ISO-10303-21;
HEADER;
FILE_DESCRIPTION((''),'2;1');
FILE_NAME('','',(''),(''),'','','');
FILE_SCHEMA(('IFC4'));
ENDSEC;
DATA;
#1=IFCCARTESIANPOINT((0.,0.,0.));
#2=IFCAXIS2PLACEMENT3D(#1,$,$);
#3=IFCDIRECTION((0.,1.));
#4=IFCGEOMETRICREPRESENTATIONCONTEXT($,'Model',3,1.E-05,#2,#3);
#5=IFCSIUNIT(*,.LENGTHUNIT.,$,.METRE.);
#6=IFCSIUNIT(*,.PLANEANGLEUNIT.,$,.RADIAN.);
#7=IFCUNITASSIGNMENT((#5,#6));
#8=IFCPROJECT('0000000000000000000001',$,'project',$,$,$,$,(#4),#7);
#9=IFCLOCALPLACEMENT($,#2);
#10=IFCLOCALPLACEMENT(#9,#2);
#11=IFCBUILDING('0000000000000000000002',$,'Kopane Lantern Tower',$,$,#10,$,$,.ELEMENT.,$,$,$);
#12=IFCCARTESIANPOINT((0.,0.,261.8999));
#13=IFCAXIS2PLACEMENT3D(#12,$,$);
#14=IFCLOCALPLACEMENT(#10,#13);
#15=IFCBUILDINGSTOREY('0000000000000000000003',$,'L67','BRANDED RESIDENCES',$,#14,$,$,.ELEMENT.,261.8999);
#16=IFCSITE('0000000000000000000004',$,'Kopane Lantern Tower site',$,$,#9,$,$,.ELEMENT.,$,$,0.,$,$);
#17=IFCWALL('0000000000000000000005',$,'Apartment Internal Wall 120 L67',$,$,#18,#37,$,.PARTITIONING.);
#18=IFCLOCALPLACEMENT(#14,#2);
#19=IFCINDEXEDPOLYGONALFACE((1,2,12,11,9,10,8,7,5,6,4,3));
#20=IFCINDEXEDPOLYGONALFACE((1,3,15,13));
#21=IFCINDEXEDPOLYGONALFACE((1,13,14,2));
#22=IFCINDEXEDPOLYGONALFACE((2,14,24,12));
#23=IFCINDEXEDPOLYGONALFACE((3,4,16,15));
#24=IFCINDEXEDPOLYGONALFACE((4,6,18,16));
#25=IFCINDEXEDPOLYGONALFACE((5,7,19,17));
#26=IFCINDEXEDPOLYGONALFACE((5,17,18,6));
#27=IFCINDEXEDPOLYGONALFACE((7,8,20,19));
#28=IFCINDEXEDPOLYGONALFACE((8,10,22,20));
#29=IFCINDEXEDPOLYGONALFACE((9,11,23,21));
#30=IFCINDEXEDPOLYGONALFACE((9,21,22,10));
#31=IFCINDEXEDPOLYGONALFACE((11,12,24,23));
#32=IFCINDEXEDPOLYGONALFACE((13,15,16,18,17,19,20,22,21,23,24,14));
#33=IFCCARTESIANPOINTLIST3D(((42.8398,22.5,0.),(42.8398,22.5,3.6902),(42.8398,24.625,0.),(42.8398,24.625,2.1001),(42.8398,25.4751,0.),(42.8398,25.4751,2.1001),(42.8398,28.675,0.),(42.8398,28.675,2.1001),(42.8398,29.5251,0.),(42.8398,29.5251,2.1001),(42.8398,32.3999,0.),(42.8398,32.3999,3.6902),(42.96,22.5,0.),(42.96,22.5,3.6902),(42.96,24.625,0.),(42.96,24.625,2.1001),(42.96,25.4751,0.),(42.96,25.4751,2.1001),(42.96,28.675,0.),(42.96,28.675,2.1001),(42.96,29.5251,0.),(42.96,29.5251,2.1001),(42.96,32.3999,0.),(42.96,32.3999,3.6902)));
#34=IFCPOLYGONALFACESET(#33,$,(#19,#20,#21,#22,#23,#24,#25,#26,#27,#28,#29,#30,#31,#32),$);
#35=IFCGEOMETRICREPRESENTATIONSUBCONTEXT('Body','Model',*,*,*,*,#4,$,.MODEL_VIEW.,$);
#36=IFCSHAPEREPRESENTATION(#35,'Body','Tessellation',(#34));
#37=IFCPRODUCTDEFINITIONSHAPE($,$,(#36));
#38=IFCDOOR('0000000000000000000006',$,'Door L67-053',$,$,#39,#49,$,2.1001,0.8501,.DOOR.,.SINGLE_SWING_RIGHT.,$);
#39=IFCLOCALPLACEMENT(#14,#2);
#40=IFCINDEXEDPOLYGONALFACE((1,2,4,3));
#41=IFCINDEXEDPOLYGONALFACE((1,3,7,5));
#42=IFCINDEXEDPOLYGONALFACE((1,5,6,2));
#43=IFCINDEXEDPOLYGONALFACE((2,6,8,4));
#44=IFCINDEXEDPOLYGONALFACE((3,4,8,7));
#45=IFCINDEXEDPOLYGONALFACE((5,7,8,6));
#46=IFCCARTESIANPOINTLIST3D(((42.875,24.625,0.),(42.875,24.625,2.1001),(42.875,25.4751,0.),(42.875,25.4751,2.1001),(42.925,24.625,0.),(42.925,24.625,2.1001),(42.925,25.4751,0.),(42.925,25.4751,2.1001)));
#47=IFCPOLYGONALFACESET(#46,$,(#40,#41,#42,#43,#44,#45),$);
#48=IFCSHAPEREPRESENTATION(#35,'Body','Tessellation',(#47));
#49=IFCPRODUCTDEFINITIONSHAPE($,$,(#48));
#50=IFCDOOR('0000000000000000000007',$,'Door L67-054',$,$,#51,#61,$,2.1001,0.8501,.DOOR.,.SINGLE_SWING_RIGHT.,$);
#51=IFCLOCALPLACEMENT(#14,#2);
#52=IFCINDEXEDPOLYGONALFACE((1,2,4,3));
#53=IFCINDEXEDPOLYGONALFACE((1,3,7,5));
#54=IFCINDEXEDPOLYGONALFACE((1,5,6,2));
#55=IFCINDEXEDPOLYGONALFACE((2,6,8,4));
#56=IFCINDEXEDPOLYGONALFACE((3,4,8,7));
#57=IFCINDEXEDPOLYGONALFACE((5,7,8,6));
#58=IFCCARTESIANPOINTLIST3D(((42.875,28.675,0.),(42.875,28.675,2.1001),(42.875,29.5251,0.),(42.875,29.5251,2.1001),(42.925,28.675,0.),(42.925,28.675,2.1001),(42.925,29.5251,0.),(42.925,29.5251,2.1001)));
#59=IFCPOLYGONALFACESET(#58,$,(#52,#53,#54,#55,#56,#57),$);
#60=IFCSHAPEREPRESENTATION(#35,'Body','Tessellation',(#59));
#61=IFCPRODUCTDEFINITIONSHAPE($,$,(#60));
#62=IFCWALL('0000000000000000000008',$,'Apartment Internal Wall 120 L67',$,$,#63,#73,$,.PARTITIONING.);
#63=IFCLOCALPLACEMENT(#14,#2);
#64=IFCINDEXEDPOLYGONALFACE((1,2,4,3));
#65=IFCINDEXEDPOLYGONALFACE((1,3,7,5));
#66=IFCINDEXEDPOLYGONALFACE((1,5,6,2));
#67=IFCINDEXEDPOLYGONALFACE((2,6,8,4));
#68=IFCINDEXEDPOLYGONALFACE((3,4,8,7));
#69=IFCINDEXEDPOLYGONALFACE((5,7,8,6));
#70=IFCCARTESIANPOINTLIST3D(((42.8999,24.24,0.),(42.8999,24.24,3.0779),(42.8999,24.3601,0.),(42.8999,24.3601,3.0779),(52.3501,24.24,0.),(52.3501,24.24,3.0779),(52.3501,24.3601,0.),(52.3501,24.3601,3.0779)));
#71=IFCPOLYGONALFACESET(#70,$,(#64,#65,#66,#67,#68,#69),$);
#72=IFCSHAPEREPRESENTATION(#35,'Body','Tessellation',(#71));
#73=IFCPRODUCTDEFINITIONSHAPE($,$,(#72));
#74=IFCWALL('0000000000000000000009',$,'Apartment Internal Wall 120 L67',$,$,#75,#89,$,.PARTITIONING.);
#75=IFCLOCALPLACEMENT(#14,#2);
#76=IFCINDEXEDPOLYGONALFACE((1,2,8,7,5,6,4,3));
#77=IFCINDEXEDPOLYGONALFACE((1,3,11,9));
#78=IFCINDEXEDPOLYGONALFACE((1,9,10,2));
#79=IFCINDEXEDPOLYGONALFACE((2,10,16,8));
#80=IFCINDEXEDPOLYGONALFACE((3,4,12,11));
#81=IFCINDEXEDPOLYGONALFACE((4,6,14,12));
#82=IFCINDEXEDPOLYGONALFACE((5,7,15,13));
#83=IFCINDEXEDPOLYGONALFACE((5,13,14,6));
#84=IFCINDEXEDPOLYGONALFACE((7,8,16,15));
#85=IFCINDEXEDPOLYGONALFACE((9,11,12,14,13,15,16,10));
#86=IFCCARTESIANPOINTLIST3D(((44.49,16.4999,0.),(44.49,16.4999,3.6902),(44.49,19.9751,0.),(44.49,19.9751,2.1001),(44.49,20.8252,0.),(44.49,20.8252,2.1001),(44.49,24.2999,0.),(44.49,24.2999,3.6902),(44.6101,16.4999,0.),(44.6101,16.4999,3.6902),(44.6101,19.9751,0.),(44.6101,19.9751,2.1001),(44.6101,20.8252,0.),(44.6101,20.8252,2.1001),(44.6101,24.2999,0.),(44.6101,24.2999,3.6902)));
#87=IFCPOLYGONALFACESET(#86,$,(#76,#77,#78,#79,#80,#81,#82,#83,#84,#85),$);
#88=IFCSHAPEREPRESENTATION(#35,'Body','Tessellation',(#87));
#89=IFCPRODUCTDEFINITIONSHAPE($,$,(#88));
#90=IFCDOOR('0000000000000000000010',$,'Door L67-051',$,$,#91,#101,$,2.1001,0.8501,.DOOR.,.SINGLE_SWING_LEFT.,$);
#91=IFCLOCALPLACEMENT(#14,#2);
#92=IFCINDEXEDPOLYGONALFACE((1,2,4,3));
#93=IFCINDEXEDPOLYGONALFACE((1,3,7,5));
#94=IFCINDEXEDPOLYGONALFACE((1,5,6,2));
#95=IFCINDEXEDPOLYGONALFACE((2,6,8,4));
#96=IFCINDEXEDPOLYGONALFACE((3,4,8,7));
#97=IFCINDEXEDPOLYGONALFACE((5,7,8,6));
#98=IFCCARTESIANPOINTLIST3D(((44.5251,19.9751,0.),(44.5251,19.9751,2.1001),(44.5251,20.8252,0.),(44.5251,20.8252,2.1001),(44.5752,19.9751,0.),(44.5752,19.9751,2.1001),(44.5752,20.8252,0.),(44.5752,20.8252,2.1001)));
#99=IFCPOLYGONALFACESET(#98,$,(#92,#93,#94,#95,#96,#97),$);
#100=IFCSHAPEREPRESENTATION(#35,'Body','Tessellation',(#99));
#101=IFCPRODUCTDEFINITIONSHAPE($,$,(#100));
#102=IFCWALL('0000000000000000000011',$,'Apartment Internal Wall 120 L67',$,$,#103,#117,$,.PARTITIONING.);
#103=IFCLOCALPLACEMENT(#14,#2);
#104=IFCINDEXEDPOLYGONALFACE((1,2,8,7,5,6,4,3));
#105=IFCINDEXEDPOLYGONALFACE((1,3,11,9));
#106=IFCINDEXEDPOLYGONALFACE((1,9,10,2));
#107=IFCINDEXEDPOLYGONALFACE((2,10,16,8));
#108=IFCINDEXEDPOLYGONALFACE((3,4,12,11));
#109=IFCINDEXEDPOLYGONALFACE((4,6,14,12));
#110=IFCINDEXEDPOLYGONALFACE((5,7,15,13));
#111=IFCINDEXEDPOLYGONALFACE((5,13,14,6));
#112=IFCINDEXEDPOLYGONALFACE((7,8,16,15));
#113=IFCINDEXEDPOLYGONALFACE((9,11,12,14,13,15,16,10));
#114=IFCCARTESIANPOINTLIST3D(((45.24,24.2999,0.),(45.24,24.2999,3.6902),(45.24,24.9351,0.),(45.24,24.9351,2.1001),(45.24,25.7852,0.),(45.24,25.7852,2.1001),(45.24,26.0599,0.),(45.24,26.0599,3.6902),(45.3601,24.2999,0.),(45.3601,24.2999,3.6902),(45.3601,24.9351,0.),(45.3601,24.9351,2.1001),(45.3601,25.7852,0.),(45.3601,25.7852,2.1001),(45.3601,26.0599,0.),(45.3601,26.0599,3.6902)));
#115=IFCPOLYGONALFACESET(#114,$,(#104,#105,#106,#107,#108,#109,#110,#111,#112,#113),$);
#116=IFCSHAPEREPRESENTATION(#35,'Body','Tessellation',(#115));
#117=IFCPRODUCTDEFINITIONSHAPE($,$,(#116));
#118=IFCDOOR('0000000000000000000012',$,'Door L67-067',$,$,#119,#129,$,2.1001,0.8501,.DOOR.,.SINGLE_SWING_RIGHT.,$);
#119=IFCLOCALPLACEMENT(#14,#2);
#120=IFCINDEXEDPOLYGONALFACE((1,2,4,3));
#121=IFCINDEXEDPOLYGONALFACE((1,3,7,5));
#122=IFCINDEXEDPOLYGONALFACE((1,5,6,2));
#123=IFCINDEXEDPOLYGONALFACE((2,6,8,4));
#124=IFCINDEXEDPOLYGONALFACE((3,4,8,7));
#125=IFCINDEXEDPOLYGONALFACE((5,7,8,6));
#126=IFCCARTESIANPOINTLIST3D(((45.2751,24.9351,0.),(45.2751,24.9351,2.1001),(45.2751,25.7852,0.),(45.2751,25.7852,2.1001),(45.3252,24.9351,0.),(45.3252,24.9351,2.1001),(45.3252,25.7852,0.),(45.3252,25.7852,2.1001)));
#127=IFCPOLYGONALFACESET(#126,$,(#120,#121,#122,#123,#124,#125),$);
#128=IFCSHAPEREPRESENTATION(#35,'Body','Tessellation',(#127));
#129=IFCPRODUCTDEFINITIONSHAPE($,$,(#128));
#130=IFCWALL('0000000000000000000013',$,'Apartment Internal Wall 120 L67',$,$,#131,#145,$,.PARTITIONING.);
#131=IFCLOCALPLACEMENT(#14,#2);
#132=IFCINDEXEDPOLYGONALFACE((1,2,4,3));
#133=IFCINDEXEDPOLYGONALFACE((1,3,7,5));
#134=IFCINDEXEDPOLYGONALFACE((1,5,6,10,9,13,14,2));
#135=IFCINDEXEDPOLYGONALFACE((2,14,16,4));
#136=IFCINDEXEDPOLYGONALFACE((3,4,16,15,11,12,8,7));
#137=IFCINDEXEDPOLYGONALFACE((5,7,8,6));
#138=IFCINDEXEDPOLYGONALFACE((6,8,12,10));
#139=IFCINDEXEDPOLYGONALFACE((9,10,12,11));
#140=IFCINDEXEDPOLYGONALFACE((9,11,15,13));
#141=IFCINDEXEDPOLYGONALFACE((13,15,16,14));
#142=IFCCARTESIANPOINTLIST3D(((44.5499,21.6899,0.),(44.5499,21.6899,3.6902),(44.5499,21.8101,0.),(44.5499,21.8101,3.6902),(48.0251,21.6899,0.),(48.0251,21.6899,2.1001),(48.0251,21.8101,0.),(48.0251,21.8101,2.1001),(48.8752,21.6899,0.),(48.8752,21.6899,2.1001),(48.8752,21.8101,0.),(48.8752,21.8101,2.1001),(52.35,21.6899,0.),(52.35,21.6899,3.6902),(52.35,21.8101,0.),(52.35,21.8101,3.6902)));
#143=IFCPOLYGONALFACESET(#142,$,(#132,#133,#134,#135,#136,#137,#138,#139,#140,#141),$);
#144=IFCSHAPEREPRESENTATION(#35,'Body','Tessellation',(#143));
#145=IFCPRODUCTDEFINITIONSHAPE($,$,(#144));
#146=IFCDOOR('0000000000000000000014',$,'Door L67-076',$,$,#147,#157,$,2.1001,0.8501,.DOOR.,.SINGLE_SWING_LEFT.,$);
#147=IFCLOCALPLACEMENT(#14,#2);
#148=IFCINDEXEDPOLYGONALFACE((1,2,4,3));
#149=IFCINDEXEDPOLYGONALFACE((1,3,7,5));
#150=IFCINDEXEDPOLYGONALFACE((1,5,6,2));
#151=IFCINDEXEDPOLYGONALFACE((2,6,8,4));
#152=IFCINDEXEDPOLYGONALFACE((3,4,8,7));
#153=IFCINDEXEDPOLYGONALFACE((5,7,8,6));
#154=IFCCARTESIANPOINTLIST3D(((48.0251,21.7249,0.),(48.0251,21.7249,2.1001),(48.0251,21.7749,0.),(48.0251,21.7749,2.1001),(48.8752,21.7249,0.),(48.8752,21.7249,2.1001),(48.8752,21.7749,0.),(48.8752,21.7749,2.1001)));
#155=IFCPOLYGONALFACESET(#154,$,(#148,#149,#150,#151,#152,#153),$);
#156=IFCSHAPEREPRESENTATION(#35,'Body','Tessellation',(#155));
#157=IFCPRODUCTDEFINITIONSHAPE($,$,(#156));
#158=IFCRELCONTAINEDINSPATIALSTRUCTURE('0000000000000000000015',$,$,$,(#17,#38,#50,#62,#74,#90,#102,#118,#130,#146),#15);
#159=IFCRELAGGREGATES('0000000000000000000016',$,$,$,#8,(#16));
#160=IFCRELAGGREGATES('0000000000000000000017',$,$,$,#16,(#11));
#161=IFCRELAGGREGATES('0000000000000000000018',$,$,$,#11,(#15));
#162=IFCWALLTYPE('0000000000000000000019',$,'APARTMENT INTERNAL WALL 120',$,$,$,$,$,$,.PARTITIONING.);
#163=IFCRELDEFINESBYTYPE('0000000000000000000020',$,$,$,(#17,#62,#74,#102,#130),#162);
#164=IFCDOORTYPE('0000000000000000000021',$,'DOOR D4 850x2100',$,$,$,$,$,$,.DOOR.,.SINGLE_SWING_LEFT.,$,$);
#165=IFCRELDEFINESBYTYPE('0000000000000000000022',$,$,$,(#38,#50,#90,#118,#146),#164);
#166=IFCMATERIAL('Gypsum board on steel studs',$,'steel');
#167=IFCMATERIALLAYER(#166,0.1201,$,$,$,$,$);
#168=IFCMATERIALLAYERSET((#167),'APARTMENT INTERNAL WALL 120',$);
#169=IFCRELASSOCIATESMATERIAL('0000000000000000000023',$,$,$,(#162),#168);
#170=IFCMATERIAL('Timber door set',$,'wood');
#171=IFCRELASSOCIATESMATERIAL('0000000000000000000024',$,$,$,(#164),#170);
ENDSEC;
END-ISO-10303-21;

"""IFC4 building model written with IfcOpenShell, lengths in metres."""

from ifc_helpers import new_model, si_unit, direction, frame, frame_2d, origin, place, context, subcontext, project, spatial, rectangle, extrude, material, layer, layer_set, type_object, element, fill, save


model = new_model("IFC4")

# Units and contexts
model_context = context("Model", 3, precision=1e-05, world=origin(), true_north=direction((0.0, 1.0)))
body_context = subcontext(model_context, "Body", "Model", "MODEL_VIEW")
ifc_project = project(units=[si_unit("LENGTHUNIT", "METRE"), si_unit("PLANEANGLEUNIT", "RADIAN")], contexts=[model_context])

# Site, building, storey
site_placement = place(None, origin())
site = spatial("IfcSite", under=ifc_project, at=site_placement, Name="Kopane Lantern Tower site", CompositionType="ELEMENT", RefElevation=0.0)
building_placement = place(site_placement, origin())
building = spatial("IfcBuilding", under=site, at=building_placement, Name="Kopane Lantern Tower", CompositionType="ELEMENT")
storey_placement = place(building_placement, frame((0.0, 0.0, 261.8999)))
storey = spatial("IfcBuildingStorey", under=building, at=storey_placement, Name="L67", Description="BRANDED RESIDENCES", CompositionType="ELEMENT", Elevation=261.8999)

# Wall, openings, doors
ifc_material_1 = material(Name="Gypsum board on steel studs", Category="steel")
ifc_layer_1 = layer(ifc_material_1, 0.1201)
ifc_layer_set_1 = layer_set([ifc_layer_1], Name="APARTMENT INTERNAL WALL 120")
wall_type_1 = type_object("IfcWallType", Name="APARTMENT INTERNAL WALL 120", PredefinedType="PARTITIONING", material=ifc_layer_set_1)
wall_1_placement = place(storey_placement, frame((42.8999, 22.5, 0.0), z_axis=(0.0, 0.0, 1.0), x_axis=(0.0, 1.0, 0.0)))
wall_1 = element("IfcWall", 1, at=wall_1_placement, inside=storey, type_object=wall_type_1, Name="Apartment Internal Wall 120 L67", PredefinedType="PARTITIONING", context=body_context, shape_type="SweptSolid", body=[
    extrude(rectangle(XDim=9.8999, YDim=0.1201, at=frame_2d((4.95, 0.0))), origin(), (0.0, 0.0, 1.0), 3.6902),
])
opening_1_placement = place(wall_1_placement, frame((2.125, 0.0, 0.0)))
opening_1 = element("IfcOpeningElement", 2, at=opening_1_placement, cuts=wall_1, PredefinedType="OPENING", context=body_context, shape_type="SweptSolid", body=[
    extrude(rectangle(XDim=0.8501, YDim=2.1001, at=frame_2d((0.425, 1.05))), frame((0.0, 0.0701, 0.0), z_axis=(0.0, -1.0, 0.0), x_axis=(1.0, 0.0, 0.0)), (0.0, 0.0, 1.0), 0.1401),
])
opening_2_placement = place(wall_1_placement, frame((6.175, 0.0, 0.0)))
opening_2 = element("IfcOpeningElement", 3, at=opening_2_placement, cuts=wall_1, PredefinedType="OPENING", context=body_context, shape_type="SweptSolid", body=[
    extrude(rectangle(XDim=0.8501, YDim=2.1001, at=frame_2d((0.425, 1.05))), frame((0.0, 0.0701, 0.0), z_axis=(0.0, -1.0, 0.0), x_axis=(1.0, 0.0, 0.0)), (0.0, 0.0, 1.0), 0.1401),
])
ifc_material_2 = material(Name="Timber door set", Category="wood")
door_type = type_object("IfcDoorType", Name="DOOR D4 850x2100", OperationType="SINGLE_SWING_LEFT", PredefinedType="DOOR", material=ifc_material_2)
door_1_placement = place(opening_1_placement, origin())
door_1 = element("IfcDoor", 4, at=door_1_placement, inside=storey, type_object=door_type, Name="Door L67-053", OperationType="SINGLE_SWING_RIGHT", OverallHeight=2.1001, OverallWidth=0.8501, PredefinedType="DOOR", context=body_context, shape_type="SweptSolid", body=[
    extrude(rectangle(XDim=0.8501, YDim=2.1001, at=frame_2d((0.425, 1.05))), frame((0.0, 0.0249, 0.0), z_axis=(0.0, -1.0, 0.0), x_axis=(1.0, 0.0, 0.0)), (0.0, 0.0, 1.0), 0.05),
])
fill(opening_1, door_1)
door_2_placement = place(opening_2_placement, origin())
door_2 = element("IfcDoor", 5, at=door_2_placement, inside=storey, type_object=door_type, Name="Door L67-054", OperationType="SINGLE_SWING_RIGHT", OverallHeight=2.1001, OverallWidth=0.8501, PredefinedType="DOOR", context=body_context, shape_type="SweptSolid", body=[
    extrude(rectangle(XDim=0.8501, YDim=2.1001, at=frame_2d((0.425, 1.05))), frame((0.0, 0.0249, 0.0), z_axis=(0.0, -1.0, 0.0), x_axis=(1.0, 0.0, 0.0)), (0.0, 0.0, 1.0), 0.05),
])
fill(opening_2, door_2)

# Wall
wall_2_placement = place(storey_placement, frame((42.8999, 24.3, 0.0), z_axis=(0.0, 0.0, 1.0), x_axis=(1.0, 0.0, 0.0)))
element("IfcWall", 6, at=wall_2_placement, inside=storey, type_object=wall_type_1, Name="Apartment Internal Wall 120 L67", PredefinedType="PARTITIONING", context=body_context, shape_type="SweptSolid", body=[
    extrude(rectangle(XDim=9.4502, YDim=0.1201, at=frame_2d((4.7251, 0.0))), origin(), (0.0, 0.0, 1.0), 3.0779),
])

# Walls, openings, doors
wall_3_placement = place(storey_placement, frame((44.55, 16.5, 0.0), z_axis=(0.0, 0.0, 1.0), x_axis=(0.0, 1.0, 0.0)))
wall_3 = element("IfcWall", 7, at=wall_3_placement, inside=storey, type_object=wall_type_1, Name="Apartment Internal Wall 120 L67", PredefinedType="PARTITIONING", context=body_context, shape_type="SweptSolid", body=[
    extrude(rectangle(XDim=7.8, YDim=0.1201, at=frame_2d((3.8999, 0.0))), origin(), (0.0, 0.0, 1.0), 3.6902),
])
opening_3_placement = place(wall_3_placement, frame((3.4751, 0.0, 0.0)))
opening_3 = element("IfcOpeningElement", 8, at=opening_3_placement, cuts=wall_3, PredefinedType="OPENING", context=body_context, shape_type="SweptSolid", body=[
    extrude(rectangle(XDim=0.8501, YDim=2.1001, at=frame_2d((0.425, 1.05))), frame((0.0, 0.0701, 0.0), z_axis=(0.0, -1.0, 0.0), x_axis=(1.0, 0.0, 0.0)), (0.0, 0.0, 1.0), 0.1401),
])
door_3_placement = place(opening_3_placement, origin())
door_3 = element("IfcDoor", 9, at=door_3_placement, inside=storey, type_object=door_type, Name="Door L67-051", OperationType="SINGLE_SWING_LEFT", OverallHeight=2.1001, OverallWidth=0.8501, PredefinedType="DOOR", context=body_context, shape_type="SweptSolid", body=[
    extrude(rectangle(XDim=0.8501, YDim=2.1001, at=frame_2d((0.425, 1.05))), frame((0.0, 0.0249, 0.0), z_axis=(0.0, -1.0, 0.0), x_axis=(1.0, 0.0, 0.0)), (0.0, 0.0, 1.0), 0.05),
])
fill(opening_3, door_3)
wall_4_placement = place(storey_placement, frame((45.3, 24.3, 0.0), z_axis=(0.0, 0.0, 1.0), x_axis=(0.0, 1.0, 0.0)))
wall_4 = element("IfcWall", 10, at=wall_4_placement, inside=storey, type_object=wall_type_1, Name="Apartment Internal Wall 120 L67", PredefinedType="PARTITIONING", context=body_context, shape_type="SweptSolid", body=[
    extrude(rectangle(XDim=1.76, YDim=0.1201, at=frame_2d((0.8799, 0.0))), origin(), (0.0, 0.0, 1.0), 3.6902),
])
opening_4_placement = place(wall_4_placement, frame((0.635, 0.0, 0.0)))
opening_4 = element("IfcOpeningElement", 11, at=opening_4_placement, cuts=wall_4, PredefinedType="OPENING", context=body_context, shape_type="SweptSolid", body=[
    extrude(rectangle(XDim=0.8501, YDim=2.1001, at=frame_2d((0.425, 1.05))), frame((0.0, 0.0701, 0.0), z_axis=(0.0, -1.0, 0.0), x_axis=(1.0, 0.0, 0.0)), (0.0, 0.0, 1.0), 0.1401),
])
door_4_placement = place(opening_4_placement, origin())
door_4 = element("IfcDoor", 12, at=door_4_placement, inside=storey, type_object=door_type, Name="Door L67-067", OperationType="SINGLE_SWING_RIGHT", OverallHeight=2.1001, OverallWidth=0.8501, PredefinedType="DOOR", context=body_context, shape_type="SweptSolid", body=[
    extrude(rectangle(XDim=0.8501, YDim=2.1001, at=frame_2d((0.425, 1.05))), frame((0.0, 0.0249, 0.0), z_axis=(0.0, -1.0, 0.0), x_axis=(1.0, 0.0, 0.0)), (0.0, 0.0, 1.0), 0.05),
])
fill(opening_4, door_4)
wall_5_placement = place(storey_placement, frame((44.55, 21.75, 0.0), z_axis=(0.0, 0.0, 1.0), x_axis=(1.0, 0.0, 0.0)))
wall_5 = element("IfcWall", 13, at=wall_5_placement, inside=storey, type_object=wall_type_1, Name="Apartment Internal Wall 120 L67", PredefinedType="PARTITIONING", context=body_context, shape_type="SweptSolid", body=[
    extrude(rectangle(XDim=7.8, YDim=0.1201, at=frame_2d((3.8999, 0.0))), origin(), (0.0, 0.0, 1.0), 3.6902),
])
opening_5_placement = place(wall_5_placement, frame((3.4751, 0.0, 0.0)))
opening_5 = element("IfcOpeningElement", 14, at=opening_5_placement, cuts=wall_5, PredefinedType="OPENING", context=body_context, shape_type="SweptSolid", body=[
    extrude(rectangle(XDim=0.8501, YDim=2.1001, at=frame_2d((0.425, 1.05))), frame((0.0, 0.0701, 0.0), z_axis=(0.0, -1.0, 0.0), x_axis=(1.0, 0.0, 0.0)), (0.0, 0.0, 1.0), 0.1401),
])
door_5_placement = place(opening_5_placement, origin())
door_5 = element("IfcDoor", 15, at=door_5_placement, inside=storey, type_object=door_type, Name="Door L67-076", OperationType="SINGLE_SWING_LEFT", OverallHeight=2.1001, OverallWidth=0.8501, PredefinedType="DOOR", context=body_context, shape_type="SweptSolid", body=[
    extrude(rectangle(XDim=0.8501, YDim=2.1001, at=frame_2d((0.425, 1.05))), frame((0.0, 0.0249, 0.0), z_axis=(0.0, -1.0, 0.0), x_axis=(1.0, 0.0, 0.0)), (0.0, 0.0, 1.0), 0.05),
])
fill(opening_5, door_5)

save(model, "model.ifc")
